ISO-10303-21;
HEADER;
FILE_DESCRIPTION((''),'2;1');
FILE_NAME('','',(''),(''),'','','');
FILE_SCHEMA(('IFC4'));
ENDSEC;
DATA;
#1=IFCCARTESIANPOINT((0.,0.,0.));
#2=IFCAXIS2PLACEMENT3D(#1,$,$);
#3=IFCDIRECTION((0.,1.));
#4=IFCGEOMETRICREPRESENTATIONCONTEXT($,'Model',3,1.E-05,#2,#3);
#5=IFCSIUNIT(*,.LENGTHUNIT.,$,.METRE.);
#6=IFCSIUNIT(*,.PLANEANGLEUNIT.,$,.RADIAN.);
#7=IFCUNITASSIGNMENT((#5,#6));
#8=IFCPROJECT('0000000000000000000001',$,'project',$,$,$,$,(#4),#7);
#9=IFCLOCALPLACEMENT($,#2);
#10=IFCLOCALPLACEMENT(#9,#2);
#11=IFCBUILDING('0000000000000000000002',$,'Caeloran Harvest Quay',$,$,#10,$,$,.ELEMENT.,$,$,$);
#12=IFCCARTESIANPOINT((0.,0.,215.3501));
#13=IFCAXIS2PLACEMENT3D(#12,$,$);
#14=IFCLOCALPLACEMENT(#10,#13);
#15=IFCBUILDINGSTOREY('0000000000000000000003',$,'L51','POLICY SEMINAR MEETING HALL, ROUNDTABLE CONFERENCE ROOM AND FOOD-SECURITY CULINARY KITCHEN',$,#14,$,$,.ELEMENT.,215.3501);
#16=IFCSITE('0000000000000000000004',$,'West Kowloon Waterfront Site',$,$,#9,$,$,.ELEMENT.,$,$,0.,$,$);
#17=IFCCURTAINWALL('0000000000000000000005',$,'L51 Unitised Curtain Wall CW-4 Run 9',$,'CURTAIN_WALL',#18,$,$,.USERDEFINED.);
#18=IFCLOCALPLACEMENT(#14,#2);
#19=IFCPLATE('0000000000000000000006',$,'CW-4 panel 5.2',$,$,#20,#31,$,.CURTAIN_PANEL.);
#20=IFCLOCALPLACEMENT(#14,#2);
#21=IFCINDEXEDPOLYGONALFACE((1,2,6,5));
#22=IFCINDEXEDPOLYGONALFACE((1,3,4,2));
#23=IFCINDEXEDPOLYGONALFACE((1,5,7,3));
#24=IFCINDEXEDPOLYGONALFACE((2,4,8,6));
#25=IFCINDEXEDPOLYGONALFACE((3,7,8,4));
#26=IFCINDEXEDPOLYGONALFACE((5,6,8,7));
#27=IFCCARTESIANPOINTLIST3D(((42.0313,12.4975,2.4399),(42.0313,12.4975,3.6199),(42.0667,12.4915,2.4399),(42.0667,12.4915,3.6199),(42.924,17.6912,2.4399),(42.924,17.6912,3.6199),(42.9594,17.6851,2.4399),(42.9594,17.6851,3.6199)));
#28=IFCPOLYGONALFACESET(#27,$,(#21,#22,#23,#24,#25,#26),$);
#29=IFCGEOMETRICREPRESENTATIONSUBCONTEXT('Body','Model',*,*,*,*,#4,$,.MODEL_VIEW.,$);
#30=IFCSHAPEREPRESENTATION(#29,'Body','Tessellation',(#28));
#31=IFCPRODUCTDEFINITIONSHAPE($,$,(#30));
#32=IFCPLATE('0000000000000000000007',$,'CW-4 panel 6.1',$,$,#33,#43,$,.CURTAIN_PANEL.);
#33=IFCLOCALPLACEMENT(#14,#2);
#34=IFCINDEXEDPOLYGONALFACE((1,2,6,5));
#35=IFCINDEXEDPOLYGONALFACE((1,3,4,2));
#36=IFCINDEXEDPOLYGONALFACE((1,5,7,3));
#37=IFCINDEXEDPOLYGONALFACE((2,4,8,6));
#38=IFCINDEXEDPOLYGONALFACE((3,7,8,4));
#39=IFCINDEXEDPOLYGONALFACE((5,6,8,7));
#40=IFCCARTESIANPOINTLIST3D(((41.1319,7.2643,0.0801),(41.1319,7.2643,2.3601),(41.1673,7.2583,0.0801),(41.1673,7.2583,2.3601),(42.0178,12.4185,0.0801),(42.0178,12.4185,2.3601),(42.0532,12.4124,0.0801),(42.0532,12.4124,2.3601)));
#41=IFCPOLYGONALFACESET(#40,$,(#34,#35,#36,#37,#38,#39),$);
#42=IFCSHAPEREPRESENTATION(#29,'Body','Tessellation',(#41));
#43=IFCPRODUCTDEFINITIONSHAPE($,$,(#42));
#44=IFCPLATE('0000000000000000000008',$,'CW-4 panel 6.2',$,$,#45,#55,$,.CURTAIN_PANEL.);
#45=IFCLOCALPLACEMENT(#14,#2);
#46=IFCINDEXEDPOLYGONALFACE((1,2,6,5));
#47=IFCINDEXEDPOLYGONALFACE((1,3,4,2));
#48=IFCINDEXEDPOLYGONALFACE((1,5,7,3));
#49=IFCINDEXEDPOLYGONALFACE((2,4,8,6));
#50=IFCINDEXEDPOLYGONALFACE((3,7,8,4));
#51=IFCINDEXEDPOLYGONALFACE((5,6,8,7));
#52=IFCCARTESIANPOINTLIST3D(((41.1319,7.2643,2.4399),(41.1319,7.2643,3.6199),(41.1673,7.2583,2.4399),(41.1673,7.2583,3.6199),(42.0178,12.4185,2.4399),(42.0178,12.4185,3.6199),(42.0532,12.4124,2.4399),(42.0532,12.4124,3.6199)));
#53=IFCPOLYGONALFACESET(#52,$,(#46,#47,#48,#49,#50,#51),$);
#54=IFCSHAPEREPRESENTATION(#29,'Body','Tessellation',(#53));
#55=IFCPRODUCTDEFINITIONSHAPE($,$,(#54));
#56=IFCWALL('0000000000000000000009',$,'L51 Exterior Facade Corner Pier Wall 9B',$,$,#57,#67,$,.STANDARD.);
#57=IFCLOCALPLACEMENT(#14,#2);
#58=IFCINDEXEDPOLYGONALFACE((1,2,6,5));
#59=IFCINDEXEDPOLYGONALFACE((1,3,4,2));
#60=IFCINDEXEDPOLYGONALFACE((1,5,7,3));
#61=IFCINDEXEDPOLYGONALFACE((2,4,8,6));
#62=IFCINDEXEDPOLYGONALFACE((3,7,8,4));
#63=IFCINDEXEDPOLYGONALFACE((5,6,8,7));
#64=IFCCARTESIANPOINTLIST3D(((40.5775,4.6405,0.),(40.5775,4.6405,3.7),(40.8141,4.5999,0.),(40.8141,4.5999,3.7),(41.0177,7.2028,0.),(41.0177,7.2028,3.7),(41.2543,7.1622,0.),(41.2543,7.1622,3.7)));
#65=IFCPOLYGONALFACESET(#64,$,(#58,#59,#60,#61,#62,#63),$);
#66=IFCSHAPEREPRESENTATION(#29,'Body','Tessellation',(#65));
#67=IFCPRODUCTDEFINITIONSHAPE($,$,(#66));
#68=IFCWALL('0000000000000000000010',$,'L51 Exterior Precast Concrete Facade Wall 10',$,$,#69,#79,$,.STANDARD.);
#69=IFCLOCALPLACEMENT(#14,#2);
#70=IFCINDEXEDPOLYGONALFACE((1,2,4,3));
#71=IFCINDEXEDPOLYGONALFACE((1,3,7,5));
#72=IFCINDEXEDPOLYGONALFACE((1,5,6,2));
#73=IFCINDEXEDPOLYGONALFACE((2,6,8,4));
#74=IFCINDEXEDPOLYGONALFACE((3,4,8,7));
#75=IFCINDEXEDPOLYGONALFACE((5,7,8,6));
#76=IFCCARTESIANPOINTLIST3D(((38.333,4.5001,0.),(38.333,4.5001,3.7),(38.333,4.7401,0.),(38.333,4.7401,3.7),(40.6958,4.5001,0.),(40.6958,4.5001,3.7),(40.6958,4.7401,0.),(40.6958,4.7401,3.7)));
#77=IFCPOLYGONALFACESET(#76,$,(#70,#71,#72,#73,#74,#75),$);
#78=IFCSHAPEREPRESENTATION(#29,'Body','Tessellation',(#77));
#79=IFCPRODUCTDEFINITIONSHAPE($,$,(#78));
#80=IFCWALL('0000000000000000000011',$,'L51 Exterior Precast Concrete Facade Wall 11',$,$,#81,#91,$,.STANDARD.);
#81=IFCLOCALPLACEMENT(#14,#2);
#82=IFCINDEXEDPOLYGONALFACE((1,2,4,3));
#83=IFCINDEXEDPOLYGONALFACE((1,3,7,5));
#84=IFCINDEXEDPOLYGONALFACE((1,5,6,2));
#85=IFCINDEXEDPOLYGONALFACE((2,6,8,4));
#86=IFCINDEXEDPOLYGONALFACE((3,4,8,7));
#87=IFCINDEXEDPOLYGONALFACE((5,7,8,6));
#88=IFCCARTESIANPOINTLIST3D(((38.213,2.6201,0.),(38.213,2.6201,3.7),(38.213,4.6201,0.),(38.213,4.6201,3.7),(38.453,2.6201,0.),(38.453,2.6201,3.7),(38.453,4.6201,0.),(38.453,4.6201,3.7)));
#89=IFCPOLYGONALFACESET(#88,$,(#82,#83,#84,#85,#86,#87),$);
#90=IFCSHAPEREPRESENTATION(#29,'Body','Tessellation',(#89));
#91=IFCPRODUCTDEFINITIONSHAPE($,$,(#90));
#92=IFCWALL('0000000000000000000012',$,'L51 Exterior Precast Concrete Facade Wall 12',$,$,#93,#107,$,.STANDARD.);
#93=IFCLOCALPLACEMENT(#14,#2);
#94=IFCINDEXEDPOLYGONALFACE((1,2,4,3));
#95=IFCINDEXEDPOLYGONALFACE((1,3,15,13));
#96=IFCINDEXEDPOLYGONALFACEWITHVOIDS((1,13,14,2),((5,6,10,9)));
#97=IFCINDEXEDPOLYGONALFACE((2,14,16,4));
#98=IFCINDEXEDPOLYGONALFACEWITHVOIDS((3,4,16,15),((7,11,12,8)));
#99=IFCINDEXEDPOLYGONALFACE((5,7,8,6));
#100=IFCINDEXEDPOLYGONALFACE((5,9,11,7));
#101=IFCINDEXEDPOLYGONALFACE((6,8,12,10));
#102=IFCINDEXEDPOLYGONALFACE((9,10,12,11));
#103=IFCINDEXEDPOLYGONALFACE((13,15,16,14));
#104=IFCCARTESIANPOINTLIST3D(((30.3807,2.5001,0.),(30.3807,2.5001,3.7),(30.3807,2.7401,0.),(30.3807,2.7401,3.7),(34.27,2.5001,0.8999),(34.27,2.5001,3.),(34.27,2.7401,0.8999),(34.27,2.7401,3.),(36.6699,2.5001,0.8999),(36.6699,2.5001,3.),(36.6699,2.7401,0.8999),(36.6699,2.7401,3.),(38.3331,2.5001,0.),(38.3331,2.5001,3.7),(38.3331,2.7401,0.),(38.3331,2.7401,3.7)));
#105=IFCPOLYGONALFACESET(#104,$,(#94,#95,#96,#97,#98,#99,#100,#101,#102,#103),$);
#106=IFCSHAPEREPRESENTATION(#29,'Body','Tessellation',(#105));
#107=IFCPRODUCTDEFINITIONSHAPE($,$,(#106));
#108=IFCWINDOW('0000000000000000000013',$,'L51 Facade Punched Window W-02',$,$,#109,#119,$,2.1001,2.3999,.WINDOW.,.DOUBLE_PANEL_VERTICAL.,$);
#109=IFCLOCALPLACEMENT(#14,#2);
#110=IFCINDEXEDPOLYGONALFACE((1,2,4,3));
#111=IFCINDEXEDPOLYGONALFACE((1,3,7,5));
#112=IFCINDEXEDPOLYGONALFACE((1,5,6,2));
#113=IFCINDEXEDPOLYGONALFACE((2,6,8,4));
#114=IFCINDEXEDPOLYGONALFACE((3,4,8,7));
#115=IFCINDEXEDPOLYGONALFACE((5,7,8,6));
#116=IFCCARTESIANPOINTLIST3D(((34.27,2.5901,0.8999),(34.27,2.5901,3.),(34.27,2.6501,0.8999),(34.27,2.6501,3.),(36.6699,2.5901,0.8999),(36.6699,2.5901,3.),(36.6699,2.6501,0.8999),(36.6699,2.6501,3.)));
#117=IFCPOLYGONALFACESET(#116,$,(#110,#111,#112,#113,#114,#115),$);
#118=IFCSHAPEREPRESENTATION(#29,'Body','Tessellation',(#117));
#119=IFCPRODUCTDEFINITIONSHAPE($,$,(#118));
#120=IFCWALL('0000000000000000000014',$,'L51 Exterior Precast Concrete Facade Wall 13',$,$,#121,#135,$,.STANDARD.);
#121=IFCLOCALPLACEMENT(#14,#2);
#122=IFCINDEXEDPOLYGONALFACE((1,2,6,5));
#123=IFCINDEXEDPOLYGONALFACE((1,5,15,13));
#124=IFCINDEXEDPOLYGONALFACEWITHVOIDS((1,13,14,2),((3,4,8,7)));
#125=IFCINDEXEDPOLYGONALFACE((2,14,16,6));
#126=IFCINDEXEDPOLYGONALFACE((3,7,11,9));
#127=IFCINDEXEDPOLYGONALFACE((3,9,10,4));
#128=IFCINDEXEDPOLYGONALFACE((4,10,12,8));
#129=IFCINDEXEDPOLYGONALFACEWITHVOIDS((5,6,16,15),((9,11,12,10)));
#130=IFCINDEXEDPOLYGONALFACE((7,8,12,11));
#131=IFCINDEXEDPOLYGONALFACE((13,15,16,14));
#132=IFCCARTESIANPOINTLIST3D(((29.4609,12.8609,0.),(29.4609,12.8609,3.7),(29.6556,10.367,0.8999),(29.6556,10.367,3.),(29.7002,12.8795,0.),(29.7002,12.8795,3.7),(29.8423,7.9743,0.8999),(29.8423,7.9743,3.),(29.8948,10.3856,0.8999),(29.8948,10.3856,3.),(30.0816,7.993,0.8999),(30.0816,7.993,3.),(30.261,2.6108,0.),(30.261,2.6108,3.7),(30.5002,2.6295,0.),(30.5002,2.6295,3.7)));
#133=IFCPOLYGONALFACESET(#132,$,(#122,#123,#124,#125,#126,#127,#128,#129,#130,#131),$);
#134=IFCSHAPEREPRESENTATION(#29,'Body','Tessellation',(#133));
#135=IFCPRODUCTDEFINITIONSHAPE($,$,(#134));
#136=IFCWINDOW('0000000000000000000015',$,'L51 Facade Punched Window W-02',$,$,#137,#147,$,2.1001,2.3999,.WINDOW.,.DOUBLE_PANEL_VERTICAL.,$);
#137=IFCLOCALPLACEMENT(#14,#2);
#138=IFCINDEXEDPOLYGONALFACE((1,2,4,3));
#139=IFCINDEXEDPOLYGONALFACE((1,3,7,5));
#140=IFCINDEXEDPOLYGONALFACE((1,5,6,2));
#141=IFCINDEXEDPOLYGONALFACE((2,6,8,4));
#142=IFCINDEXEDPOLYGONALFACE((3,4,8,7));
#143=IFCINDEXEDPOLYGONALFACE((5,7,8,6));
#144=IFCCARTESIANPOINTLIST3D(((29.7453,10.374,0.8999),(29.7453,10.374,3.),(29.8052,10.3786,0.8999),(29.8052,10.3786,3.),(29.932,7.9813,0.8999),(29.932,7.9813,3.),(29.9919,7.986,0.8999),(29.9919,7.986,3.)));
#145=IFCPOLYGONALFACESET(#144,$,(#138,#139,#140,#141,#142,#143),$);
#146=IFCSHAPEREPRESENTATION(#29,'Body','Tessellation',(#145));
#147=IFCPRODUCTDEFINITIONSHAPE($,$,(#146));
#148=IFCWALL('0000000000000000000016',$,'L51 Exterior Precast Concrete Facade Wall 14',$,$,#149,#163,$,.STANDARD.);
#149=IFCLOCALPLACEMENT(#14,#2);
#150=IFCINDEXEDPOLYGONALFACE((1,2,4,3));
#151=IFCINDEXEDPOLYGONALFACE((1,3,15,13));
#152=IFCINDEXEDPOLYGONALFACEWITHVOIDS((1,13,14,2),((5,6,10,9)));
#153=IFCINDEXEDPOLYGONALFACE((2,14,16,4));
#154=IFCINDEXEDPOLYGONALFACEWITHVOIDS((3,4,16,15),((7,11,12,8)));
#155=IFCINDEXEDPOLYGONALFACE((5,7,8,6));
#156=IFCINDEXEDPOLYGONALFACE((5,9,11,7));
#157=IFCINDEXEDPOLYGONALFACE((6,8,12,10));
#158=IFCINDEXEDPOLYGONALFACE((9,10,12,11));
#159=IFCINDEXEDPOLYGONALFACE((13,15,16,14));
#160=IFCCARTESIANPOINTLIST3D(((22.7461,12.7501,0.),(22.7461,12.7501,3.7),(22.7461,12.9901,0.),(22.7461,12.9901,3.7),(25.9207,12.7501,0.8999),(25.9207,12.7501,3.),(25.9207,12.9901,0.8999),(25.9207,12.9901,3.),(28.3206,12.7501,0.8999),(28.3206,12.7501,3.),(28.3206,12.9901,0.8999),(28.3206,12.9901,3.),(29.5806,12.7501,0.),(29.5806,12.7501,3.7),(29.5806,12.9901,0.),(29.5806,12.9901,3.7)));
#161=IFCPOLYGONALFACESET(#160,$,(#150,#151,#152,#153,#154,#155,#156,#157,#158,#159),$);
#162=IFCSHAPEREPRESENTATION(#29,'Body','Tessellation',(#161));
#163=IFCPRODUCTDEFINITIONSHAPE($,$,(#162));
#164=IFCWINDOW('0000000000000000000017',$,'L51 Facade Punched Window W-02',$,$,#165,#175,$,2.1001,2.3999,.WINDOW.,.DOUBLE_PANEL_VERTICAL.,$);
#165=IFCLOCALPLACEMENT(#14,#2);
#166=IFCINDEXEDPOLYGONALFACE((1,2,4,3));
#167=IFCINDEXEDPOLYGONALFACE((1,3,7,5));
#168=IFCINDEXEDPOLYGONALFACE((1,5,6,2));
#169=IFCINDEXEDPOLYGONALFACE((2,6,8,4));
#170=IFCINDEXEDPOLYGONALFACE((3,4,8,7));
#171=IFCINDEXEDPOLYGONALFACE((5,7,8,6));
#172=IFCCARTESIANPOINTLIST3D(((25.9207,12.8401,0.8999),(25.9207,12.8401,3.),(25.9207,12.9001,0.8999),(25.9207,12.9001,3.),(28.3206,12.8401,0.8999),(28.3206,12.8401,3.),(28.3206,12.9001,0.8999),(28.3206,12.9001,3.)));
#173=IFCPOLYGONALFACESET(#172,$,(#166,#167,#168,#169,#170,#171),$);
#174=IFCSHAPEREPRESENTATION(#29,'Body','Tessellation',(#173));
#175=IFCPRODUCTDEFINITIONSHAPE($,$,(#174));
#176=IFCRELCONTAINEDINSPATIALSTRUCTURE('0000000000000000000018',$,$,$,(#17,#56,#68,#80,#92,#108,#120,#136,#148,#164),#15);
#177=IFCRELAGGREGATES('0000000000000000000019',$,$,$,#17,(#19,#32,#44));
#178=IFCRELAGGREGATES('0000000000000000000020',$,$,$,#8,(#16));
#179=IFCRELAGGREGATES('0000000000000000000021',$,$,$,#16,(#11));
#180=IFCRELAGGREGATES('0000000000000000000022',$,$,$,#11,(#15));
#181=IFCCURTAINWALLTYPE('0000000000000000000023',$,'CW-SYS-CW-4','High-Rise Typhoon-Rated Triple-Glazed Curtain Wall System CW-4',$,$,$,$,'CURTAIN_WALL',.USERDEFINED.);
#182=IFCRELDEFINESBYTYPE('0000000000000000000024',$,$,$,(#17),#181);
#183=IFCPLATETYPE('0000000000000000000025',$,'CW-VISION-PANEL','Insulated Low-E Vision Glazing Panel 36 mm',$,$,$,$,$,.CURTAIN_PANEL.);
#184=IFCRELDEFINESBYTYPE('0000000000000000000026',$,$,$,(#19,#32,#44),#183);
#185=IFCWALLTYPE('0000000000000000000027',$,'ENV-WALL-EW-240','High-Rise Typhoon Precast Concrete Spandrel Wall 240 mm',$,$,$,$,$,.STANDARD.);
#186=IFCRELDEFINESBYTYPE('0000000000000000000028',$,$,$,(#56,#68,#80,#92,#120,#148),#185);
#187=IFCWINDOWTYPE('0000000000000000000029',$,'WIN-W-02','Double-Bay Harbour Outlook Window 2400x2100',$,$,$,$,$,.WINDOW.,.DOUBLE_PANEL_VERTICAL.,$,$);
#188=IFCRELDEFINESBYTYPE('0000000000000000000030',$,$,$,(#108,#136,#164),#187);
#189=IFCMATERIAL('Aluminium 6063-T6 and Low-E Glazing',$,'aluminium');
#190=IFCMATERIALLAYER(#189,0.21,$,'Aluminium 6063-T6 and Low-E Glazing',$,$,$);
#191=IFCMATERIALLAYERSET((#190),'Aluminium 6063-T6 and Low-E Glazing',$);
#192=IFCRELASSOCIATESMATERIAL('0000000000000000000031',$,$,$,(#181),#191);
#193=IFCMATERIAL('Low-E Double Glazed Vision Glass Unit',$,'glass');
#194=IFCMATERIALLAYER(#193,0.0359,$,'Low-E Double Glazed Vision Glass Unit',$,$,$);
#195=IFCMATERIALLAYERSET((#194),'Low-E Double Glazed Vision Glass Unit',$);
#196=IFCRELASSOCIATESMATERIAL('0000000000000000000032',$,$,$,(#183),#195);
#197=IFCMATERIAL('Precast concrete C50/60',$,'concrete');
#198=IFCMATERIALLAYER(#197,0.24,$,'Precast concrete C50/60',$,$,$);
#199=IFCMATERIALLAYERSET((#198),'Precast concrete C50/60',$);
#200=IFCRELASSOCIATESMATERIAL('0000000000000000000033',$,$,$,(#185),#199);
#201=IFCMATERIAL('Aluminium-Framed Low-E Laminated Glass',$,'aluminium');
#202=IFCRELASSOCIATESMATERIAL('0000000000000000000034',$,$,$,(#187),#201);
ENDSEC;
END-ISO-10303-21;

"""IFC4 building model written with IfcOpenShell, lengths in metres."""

from ifc_helpers import new_model, si_unit, direction, frame, frame_2d, origin, origin_2d, place, context, subcontext, project, spatial, rectangle, extrude, material, layer, layer_set, type_object, element, fill, aggregate, save


model = new_model("IFC4")

# Units and contexts
model_context = context("Model", 3, precision=1e-05, world=origin(), true_north=direction((0.0, 1.0)))
body_context = subcontext(model_context, "Body", "Model", "MODEL_VIEW")
ifc_project = project(units=[si_unit("LENGTHUNIT", "METRE"), si_unit("PLANEANGLEUNIT", "RADIAN")], contexts=[model_context])

# Site, building, storey
site_placement = place(None, origin())
site = spatial("IfcSite", under=ifc_project, at=site_placement, Name="West Kowloon Waterfront Site", CompositionType="ELEMENT", RefElevation=0.0)
building_placement = place(site_placement, origin())
building = spatial("IfcBuilding", under=site, at=building_placement, Name="Caeloran Harvest Quay", CompositionType="ELEMENT")
storey_placement = place(building_placement, frame((0.0, 0.0, 215.3501)))
storey = spatial("IfcBuildingStorey", under=building, at=storey_placement, Name="L51", Description="POLICY SEMINAR MEETING HALL, ROUNDTABLE CONFERENCE ROOM AND FOOD-SECURITY CULINARY KITCHEN", CompositionType="ELEMENT", Elevation=215.3501)

# Curtain wall, plates
ifc_material_1 = material(Name="Aluminium 6063-T6 and Low-E Glazing", Category="aluminium")
ifc_layer_1 = layer(ifc_material_1, 0.21, Name="Aluminium 6063-T6 and Low-E Glazing")
ifc_layer_set_1 = layer_set([ifc_layer_1], Name="Aluminium 6063-T6 and Low-E Glazing")
curtain_wall_type = type_object("IfcCurtainWallType", Name="CW-SYS-CW-4", Description="High-Rise Typhoon-Rated Triple-Glazed Curtain Wall System CW-4", ElementType="CURTAIN_WALL", PredefinedType="USERDEFINED", material=ifc_layer_set_1)
curtain_wall_placement = place(storey_placement, origin())
curtain_wall = element("IfcCurtainWall", 1, at=curtain_wall_placement, inside=storey, type_object=curtain_wall_type, Name="L51 Unitised Curtain Wall CW-4 Run 9", ObjectType="CURTAIN_WALL", PredefinedType="USERDEFINED")
ifc_material_2 = material(Name="Low-E Double Glazed Vision Glass Unit", Category="glass")
ifc_layer_2 = layer(ifc_material_2, 0.0359, Name="Low-E Double Glazed Vision Glass Unit")
ifc_layer_set_2 = layer_set([ifc_layer_2], Name="Low-E Double Glazed Vision Glass Unit")
plate_type = type_object("IfcPlateType", Name="CW-VISION-PANEL", Description="Insulated Low-E Vision Glazing Panel 36 mm", PredefinedType="CURTAIN_PANEL", material=ifc_layer_set_2)
plate_1_placement = place(storey_placement, frame((42.4954, 15.0913, 2.4399), z_axis=(0.0, 0.0, 1.0), x_axis=(-0.169391, -0.985549, 0.0)))
plate_1 = element("IfcPlate", 2, at=plate_1_placement, type_object=plate_type, Name="CW-4 panel 5.2", PredefinedType="CURTAIN_PANEL", context=body_context, shape_type="SweptSolid", body=[
    extrude(rectangle(XDim=5.2698, YDim=0.0359, at=origin_2d()), origin(), (0.0, 0.0, 1.0), 1.1799),
])
plate_2_placement = place(storey_placement, frame((41.5925, 9.8384, 0.0801), z_axis=(0.0, 0.0, 1.0), x_axis=(-0.169391, -0.985549, 0.0)))
plate_2 = element("IfcPlate", 3, at=plate_2_placement, type_object=plate_type, Name="CW-4 panel 6.1", PredefinedType="CURTAIN_PANEL", context=body_context, shape_type="SweptSolid", body=[
    extrude(rectangle(XDim=5.2297, YDim=0.0359, at=origin_2d()), origin(), (0.0, 0.0, 1.0), 2.28),
])
plate_3_placement = place(storey_placement, frame((41.5925, 9.8384, 2.4399), z_axis=(0.0, 0.0, 1.0), x_axis=(-0.169391, -0.985549, 0.0)))
plate_3 = element("IfcPlate", 4, at=plate_3_placement, type_object=plate_type, Name="CW-4 panel 6.2", PredefinedType="CURTAIN_PANEL", context=body_context, shape_type="SweptSolid", body=[
    extrude(rectangle(XDim=5.2297, YDim=0.0359, at=origin_2d()), origin(), (0.0, 0.0, 1.0), 1.1799),
])
aggregate(curtain_wall, [plate_1, plate_2, plate_3])

# Walls
ifc_material_3 = material(Name="Precast concrete C50/60", Category="concrete")
ifc_layer_3 = layer(ifc_material_3, 0.24, Name="Precast concrete C50/60")
ifc_layer_set_3 = layer_set([ifc_layer_3], Name="Precast concrete C50/60")
wall_type_1 = type_object("IfcWallType", Name="ENV-WALL-EW-240", Description="High-Rise Typhoon Precast Concrete Spandrel Wall 240 mm", PredefinedType="STANDARD", material=ifc_layer_set_3)
wall_1_placement = place(storey_placement, frame((41.136, 7.1824, 0.0), z_axis=(0.0, 0.0, 1.0), x_axis=(-0.169316, -0.985562, 0.0)))
element("IfcWall", 5, at=wall_1_placement, inside=storey, type_object=wall_type_1, Name="L51 Exterior Facade Corner Pier Wall 9B", PredefinedType="STANDARD", context=body_context, shape_type="SweptSolid", body=[
    extrude(rectangle(XDim=2.5999, YDim=0.24, at=frame_2d((1.2998, 0.0))), origin(), (0.0, 0.0, 1.0), 3.7),
])
wall_2_placement = place(storey_placement, frame((40.6958, 4.6201, 0.0), z_axis=(0.0, 0.0, 1.0), x_axis=(-1.0, 0.0, 0.0)))
element("IfcWall", 6, at=wall_2_placement, inside=storey, type_object=wall_type_1, Name="L51 Exterior Precast Concrete Facade Wall 10", PredefinedType="STANDARD", context=body_context, shape_type="SweptSolid", body=[
    extrude(rectangle(XDim=2.3628, YDim=0.24, at=frame_2d((1.1814, 0.0))), origin(), (0.0, 0.0, 1.0), 3.7),
])
wall_3_placement = place(storey_placement, frame((38.333, 4.6201, 0.0), z_axis=(0.0, 0.0, 1.0), x_axis=(0.0, -1.0, 0.0)))
element("IfcWall", 7, at=wall_3_placement, inside=storey, type_object=wall_type_1, Name="L51 Exterior Precast Concrete Facade Wall 11", PredefinedType="STANDARD", context=body_context, shape_type="SweptSolid", body=[
    extrude(rectangle(XDim=2.0, YDim=0.24, at=frame_2d((1.0, 0.0))), origin(), (0.0, 0.0, 1.0), 3.7),
])

# Walls, openings, windows
wall_4_placement = place(storey_placement, frame((38.333, 2.6201, 0.0), z_axis=(0.0, 0.0, 1.0), x_axis=(-1.0, 0.0, 0.0)))
wall_4 = element("IfcWall", 8, at=wall_4_placement, inside=storey, type_object=wall_type_1, Name="L51 Exterior Precast Concrete Facade Wall 12", PredefinedType="STANDARD", context=body_context, shape_type="SweptSolid", body=[
    extrude(rectangle(XDim=7.9524, YDim=0.24, at=frame_2d((3.9761, 0.0))), origin(), (0.0, 0.0, 1.0), 3.7),
])
opening_1_placement = place(wall_4_placement, frame((1.6631, 0.0, 0.8999)))
opening_1 = element("IfcOpeningElement", 9, at=opening_1_placement, cuts=wall_4, PredefinedType="OPENING", context=body_context, shape_type="SweptSolid", body=[
    extrude(rectangle(XDim=2.3999, YDim=2.1001, at=frame_2d((1.2, 1.05))), frame((0.0, 0.1299, 0.0), z_axis=(0.0, -1.0, 0.0), x_axis=(1.0, 0.0, 0.0)), (0.0, 0.0, 1.0), 0.26),
])
ifc_material_4 = material(Name="Aluminium-Framed Low-E Laminated Glass", Category="aluminium")
window_type = type_object("IfcWindowType", Name="WIN-W-02", Description="Double-Bay Harbour Outlook Window 2400x2100", PartitioningType="DOUBLE_PANEL_VERTICAL", PredefinedType="WINDOW", material=ifc_material_4)
window_1_placement = place(opening_1_placement, origin())
window_1 = element("IfcWindow", 10, at=window_1_placement, inside=storey, type_object=window_type, Name="L51 Facade Punched Window W-02", OverallHeight=2.1001, OverallWidth=2.3999, PartitioningType="DOUBLE_PANEL_VERTICAL", PredefinedType="WINDOW", context=body_context, shape_type="SweptSolid", body=[
    extrude(rectangle(XDim=2.3999, YDim=2.1001, at=frame_2d((1.2, 1.05))), frame((0.0, 0.03, 0.0), z_axis=(0.0, -1.0, 0.0), x_axis=(1.0, 0.0, 0.0)), (0.0, 0.0, 1.0), 0.0601),
])
fill(opening_1, window_1)
wall_5_placement = place(storey_placement, frame((30.3806, 2.6201, 0.0), z_axis=(0.0, 0.0, 1.0), x_axis=(-0.077817, 0.996968, 0.0)))
wall_5 = element("IfcWall", 11, at=wall_5_placement, inside=storey, type_object=wall_type_1, Name="L51 Exterior Precast Concrete Facade Wall 13", PredefinedType="STANDARD", context=body_context, shape_type="SweptSolid", body=[
    extrude(rectangle(XDim=10.2812, YDim=0.24, at=frame_2d((5.1406, 0.0))), origin(), (0.0, 0.0, 1.0), 3.7),
])
opening_2_placement = place(wall_5_placement, frame((5.3799, 0.0, 0.8999)))
opening_2 = element("IfcOpeningElement", 12, at=opening_2_placement, cuts=wall_5, PredefinedType="OPENING", context=body_context, shape_type="SweptSolid", body=[
    extrude(rectangle(XDim=2.3999, YDim=2.1001, at=frame_2d((1.2, 1.05))), frame((0.0, 0.1299, 0.0), z_axis=(0.0, -1.0, 0.0), x_axis=(1.0, 0.0, 0.0)), (0.0, 0.0, 1.0), 0.26),
])
window_2_placement = place(opening_2_placement, origin())
window_2 = element("IfcWindow", 13, at=window_2_placement, inside=storey, type_object=window_type, Name="L51 Facade Punched Window W-02", OverallHeight=2.1001, OverallWidth=2.3999, PartitioningType="DOUBLE_PANEL_VERTICAL", PredefinedType="WINDOW", context=body_context, shape_type="SweptSolid", body=[
    extrude(rectangle(XDim=2.3999, YDim=2.1001, at=frame_2d((1.2, 1.05))), frame((0.0, 0.03, 0.0), z_axis=(0.0, -1.0, 0.0), x_axis=(1.0, 0.0, 0.0)), (0.0, 0.0, 1.0), 0.0601),
])
fill(opening_2, window_2)
wall_6_placement = place(storey_placement, frame((29.5806, 12.8701, 0.0), z_axis=(0.0, 0.0, 1.0), x_axis=(-1.0, 0.0, 0.0)))
wall_6 = element("IfcWall", 14, at=wall_6_placement, inside=storey, type_object=wall_type_1, Name="L51 Exterior Precast Concrete Facade Wall 14", PredefinedType="STANDARD", context=body_context, shape_type="SweptSolid", body=[
    extrude(rectangle(XDim=6.8345, YDim=0.24, at=frame_2d((3.4172, 0.0))), origin(), (0.0, 0.0, 1.0), 3.7),
])
opening_3_placement = place(wall_6_placement, frame((1.26, 0.0, 0.8999)))
opening_3 = element("IfcOpeningElement", 15, at=opening_3_placement, cuts=wall_6, PredefinedType="OPENING", context=body_context, shape_type="SweptSolid", body=[
    extrude(rectangle(XDim=2.3999, YDim=2.1001, at=frame_2d((1.2, 1.05))), frame((0.0, 0.1299, 0.0), z_axis=(0.0, -1.0, 0.0), x_axis=(1.0, 0.0, 0.0)), (0.0, 0.0, 1.0), 0.26),
])
window_3_placement = place(opening_3_placement, origin())
window_3 = element("IfcWindow", 16, at=window_3_placement, inside=storey, type_object=window_type, Name="L51 Facade Punched Window W-02", OverallHeight=2.1001, OverallWidth=2.3999, PartitioningType="DOUBLE_PANEL_VERTICAL", PredefinedType="WINDOW", context=body_context, shape_type="SweptSolid", body=[
    extrude(rectangle(XDim=2.3999, YDim=2.1001, at=frame_2d((1.2, 1.05))), frame((0.0, 0.03, 0.0), z_axis=(0.0, -1.0, 0.0), x_axis=(1.0, 0.0, 0.0)), (0.0, 0.0, 1.0), 0.0601),
])
fill(opening_3, window_3)

save(model, "model.ifc")
